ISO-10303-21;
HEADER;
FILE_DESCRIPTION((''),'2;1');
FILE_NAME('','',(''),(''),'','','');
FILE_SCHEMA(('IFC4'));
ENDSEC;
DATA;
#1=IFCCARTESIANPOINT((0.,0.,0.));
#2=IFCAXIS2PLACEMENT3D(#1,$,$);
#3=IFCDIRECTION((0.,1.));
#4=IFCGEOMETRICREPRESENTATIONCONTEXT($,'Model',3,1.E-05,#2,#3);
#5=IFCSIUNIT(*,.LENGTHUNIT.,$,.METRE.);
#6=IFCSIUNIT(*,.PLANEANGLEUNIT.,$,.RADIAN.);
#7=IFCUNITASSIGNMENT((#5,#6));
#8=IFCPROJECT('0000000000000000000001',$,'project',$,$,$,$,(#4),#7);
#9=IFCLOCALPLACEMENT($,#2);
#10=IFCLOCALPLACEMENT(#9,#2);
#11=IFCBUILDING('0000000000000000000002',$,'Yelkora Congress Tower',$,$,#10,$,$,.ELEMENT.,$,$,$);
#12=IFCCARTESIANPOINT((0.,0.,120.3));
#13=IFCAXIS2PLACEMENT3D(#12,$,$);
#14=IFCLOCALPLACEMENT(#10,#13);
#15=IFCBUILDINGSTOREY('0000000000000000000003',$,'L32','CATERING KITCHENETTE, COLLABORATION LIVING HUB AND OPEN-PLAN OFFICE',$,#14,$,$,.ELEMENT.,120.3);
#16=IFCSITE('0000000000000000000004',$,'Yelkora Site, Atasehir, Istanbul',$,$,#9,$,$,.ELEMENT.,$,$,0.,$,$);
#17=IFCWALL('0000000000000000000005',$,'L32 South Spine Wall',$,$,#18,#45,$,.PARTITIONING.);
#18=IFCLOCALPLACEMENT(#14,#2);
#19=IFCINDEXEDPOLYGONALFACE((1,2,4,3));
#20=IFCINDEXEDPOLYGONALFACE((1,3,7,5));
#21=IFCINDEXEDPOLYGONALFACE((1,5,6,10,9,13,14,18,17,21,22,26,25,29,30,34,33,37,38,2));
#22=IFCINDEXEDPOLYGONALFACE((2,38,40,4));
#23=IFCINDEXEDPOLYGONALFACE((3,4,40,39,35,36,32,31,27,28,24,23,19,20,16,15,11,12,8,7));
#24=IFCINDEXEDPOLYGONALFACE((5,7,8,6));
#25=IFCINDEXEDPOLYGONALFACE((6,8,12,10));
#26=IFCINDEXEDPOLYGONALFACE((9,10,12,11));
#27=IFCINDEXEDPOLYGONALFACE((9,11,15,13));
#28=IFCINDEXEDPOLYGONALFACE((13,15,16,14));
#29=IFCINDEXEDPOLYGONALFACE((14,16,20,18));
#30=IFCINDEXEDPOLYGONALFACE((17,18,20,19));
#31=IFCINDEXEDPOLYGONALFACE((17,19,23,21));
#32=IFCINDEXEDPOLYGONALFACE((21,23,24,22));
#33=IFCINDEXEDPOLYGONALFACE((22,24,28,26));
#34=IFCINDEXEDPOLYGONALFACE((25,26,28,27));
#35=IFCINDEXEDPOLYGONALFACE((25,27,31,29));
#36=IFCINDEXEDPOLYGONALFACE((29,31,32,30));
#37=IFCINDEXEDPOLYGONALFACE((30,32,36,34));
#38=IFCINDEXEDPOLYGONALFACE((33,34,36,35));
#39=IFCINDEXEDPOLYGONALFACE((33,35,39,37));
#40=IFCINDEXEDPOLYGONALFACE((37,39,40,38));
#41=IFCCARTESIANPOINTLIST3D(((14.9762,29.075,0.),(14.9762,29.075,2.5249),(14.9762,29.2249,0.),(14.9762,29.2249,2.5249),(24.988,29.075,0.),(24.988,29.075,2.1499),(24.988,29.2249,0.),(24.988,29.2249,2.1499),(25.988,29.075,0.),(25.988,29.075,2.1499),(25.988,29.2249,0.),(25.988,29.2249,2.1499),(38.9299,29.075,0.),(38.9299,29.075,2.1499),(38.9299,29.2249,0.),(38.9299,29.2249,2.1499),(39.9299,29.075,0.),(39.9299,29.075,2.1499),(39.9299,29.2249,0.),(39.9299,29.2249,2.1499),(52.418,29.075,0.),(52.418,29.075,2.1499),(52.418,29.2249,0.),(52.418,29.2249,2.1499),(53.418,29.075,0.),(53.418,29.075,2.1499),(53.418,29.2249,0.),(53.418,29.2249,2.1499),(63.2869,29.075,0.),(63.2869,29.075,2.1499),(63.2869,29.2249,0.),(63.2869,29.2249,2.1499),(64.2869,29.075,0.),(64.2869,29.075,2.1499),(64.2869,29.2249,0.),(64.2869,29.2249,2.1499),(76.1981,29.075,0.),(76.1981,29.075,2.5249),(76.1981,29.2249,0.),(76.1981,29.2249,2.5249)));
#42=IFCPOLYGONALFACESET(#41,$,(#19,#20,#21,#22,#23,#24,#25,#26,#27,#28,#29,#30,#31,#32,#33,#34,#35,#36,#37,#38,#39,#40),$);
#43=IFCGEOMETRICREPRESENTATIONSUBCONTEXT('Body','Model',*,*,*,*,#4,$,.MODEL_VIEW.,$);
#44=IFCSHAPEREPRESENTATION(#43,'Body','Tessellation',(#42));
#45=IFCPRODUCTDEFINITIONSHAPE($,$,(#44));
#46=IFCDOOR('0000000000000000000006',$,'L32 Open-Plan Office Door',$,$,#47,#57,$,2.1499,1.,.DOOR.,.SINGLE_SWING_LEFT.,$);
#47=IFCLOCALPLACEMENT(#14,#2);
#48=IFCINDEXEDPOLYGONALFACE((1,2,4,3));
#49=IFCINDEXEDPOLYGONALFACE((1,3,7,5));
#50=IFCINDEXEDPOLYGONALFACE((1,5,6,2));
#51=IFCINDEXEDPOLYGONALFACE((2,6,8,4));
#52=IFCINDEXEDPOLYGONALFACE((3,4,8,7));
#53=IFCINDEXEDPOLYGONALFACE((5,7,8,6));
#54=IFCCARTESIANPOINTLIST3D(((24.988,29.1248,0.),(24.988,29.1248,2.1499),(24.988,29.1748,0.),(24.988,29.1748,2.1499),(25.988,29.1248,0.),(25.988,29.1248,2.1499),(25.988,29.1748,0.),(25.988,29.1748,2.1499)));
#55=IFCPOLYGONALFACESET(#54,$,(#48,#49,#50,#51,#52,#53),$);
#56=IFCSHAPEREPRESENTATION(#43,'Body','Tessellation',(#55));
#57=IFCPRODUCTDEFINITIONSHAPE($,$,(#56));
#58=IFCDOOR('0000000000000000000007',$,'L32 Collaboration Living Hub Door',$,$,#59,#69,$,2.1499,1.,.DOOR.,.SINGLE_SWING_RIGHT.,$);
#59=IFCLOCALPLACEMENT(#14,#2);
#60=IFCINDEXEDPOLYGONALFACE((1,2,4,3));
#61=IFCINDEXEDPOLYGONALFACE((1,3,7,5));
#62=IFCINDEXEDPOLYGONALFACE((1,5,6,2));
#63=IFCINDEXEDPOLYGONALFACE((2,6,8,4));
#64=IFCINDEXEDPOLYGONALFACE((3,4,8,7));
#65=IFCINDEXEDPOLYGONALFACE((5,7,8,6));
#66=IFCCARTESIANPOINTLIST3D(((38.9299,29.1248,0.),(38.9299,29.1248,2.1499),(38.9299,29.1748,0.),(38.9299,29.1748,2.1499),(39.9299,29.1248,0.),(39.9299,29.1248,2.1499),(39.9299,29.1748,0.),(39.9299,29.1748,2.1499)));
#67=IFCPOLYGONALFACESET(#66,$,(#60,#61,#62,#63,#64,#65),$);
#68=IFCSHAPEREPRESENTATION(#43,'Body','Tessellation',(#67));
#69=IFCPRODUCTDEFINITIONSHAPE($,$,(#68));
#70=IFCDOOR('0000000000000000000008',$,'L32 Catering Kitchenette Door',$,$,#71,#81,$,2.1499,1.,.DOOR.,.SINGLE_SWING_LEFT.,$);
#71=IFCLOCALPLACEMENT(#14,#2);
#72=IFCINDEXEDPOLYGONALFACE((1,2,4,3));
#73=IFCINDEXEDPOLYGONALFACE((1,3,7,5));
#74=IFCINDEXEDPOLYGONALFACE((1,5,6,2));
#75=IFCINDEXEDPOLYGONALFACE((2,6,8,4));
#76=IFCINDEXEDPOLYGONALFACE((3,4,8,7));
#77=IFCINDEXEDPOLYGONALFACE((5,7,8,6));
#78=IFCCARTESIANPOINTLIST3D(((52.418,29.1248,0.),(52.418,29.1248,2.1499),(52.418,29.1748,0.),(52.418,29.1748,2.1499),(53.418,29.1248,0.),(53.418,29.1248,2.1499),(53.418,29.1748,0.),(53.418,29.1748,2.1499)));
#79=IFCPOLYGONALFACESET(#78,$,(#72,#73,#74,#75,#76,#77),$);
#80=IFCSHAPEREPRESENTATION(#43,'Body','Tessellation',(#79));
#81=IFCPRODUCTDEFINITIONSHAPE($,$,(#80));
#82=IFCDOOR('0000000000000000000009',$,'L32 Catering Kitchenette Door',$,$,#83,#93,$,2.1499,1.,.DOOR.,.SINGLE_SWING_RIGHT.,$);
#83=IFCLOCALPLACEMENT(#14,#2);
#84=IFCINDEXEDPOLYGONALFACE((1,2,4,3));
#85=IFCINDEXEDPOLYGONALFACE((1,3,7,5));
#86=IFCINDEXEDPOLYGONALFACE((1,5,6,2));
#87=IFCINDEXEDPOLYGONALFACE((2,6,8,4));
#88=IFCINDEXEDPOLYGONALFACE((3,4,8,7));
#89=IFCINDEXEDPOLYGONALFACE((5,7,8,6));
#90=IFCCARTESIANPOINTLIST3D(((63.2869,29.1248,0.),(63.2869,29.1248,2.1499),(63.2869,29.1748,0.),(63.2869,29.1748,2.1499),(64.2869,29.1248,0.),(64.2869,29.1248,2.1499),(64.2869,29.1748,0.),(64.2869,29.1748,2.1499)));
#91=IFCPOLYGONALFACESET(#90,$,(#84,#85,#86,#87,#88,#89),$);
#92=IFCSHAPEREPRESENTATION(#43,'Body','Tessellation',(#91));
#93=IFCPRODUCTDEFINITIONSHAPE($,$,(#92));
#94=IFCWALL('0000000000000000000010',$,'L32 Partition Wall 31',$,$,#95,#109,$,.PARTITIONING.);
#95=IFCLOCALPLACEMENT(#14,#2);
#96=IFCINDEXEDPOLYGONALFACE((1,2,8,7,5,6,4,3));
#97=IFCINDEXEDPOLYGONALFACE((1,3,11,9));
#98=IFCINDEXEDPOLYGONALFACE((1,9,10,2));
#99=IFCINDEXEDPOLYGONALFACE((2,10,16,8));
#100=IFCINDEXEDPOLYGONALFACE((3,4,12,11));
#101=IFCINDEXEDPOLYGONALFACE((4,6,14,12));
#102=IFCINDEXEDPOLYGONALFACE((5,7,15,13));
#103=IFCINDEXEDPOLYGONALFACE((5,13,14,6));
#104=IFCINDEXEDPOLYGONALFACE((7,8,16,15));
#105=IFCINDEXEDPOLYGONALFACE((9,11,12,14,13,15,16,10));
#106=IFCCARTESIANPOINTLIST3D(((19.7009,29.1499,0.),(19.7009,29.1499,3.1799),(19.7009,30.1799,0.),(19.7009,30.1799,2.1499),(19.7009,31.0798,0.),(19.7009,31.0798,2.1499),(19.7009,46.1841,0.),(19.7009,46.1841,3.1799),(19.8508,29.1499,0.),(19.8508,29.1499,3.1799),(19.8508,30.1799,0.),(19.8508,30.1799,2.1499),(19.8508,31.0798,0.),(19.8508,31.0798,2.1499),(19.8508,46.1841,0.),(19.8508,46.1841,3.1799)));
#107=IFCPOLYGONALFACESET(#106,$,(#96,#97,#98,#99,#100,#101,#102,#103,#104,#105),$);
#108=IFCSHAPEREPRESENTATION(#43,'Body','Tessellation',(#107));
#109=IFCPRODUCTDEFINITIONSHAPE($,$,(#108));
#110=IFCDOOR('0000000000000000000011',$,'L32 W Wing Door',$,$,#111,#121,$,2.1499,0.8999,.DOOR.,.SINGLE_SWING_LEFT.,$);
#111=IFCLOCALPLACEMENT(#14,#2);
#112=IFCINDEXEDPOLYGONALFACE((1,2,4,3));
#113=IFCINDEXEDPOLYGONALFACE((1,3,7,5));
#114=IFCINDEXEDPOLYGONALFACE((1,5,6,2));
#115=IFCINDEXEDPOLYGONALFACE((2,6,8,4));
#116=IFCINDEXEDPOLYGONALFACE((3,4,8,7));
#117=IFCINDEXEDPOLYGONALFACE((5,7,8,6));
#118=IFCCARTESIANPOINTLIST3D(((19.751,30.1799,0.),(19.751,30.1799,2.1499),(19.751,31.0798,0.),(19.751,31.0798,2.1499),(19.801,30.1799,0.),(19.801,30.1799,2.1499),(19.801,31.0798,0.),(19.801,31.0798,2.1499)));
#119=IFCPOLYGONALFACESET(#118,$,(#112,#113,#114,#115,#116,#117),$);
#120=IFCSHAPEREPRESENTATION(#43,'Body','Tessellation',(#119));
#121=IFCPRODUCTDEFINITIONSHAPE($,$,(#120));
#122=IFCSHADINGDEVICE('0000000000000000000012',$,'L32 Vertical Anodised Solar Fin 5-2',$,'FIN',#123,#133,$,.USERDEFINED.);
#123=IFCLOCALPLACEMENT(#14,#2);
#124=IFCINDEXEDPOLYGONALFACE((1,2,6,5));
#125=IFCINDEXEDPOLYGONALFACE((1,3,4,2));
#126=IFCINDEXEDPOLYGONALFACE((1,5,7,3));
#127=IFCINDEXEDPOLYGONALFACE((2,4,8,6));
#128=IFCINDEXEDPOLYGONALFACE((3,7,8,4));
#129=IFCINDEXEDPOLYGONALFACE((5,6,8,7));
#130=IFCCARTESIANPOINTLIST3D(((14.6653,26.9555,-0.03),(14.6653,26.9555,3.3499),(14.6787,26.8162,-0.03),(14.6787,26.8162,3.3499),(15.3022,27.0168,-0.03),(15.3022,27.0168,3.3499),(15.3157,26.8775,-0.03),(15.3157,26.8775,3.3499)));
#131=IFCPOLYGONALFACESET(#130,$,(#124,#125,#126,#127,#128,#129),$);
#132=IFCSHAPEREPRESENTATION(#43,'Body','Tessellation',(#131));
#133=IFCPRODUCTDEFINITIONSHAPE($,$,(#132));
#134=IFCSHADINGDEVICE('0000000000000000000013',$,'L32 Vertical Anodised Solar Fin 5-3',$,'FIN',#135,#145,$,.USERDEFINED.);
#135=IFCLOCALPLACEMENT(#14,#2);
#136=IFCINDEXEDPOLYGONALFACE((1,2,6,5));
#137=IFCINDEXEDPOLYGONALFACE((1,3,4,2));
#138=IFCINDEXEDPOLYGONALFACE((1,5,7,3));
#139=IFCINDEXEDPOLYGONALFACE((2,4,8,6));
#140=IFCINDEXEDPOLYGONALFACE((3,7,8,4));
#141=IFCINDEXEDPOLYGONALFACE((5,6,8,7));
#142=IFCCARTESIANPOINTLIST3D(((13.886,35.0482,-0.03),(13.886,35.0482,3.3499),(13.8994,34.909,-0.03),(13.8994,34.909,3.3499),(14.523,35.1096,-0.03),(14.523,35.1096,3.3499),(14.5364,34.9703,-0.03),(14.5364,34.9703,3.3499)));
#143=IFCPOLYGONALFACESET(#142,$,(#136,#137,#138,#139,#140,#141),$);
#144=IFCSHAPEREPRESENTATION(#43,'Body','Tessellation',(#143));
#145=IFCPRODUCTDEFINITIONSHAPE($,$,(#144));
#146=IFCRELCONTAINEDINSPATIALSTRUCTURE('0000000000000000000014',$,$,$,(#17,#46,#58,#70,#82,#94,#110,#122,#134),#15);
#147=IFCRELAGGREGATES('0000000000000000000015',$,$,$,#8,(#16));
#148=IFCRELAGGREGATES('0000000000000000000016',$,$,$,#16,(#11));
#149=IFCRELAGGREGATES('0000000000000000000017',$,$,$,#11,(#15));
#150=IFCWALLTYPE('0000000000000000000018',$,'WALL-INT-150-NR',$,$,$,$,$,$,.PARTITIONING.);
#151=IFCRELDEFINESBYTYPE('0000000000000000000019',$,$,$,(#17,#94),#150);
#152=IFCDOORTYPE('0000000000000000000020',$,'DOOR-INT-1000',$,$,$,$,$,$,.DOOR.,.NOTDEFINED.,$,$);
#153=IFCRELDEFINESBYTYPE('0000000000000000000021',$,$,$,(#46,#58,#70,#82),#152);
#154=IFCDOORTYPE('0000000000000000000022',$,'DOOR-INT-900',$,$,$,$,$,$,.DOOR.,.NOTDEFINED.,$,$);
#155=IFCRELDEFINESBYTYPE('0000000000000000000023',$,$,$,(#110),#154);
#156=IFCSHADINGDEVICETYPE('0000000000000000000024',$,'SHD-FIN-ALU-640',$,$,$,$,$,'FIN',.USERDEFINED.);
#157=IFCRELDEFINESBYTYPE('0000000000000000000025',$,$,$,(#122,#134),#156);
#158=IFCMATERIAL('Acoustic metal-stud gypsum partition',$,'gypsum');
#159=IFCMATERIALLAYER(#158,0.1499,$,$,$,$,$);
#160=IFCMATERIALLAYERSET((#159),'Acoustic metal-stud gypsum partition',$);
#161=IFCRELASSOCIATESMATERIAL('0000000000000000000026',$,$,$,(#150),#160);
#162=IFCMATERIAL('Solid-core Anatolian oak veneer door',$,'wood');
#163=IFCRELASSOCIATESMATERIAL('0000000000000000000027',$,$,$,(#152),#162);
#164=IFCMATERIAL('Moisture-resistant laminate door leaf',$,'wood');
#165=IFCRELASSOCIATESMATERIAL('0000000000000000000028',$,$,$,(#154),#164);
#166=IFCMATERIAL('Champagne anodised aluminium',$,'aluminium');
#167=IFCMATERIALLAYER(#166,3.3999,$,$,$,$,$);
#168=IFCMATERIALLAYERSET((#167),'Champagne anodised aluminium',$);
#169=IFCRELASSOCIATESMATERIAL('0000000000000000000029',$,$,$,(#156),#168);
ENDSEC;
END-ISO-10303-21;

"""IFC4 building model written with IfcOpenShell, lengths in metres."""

from ifc_helpers import new_model, si_unit, direction, frame, frame_2d, origin, origin_2d, place, context, subcontext, project, spatial, rectangle, extrude, material, layer, layer_set, type_object, element, fill, save


model = new_model("IFC4")

# Units and contexts
model_context = context("Model", 3, precision=1e-05, world=origin(), true_north=direction((0.0, 1.0)))
body_context = subcontext(model_context, "Body", "Model", "MODEL_VIEW")
ifc_project = project(units=[si_unit("LENGTHUNIT", "METRE"), si_unit("PLANEANGLEUNIT", "RADIAN")], contexts=[model_context])

# Site, building, storey
site_placement = place(None, origin())
site = spatial("IfcSite", under=ifc_project, at=site_placement, Name="Yelkora Site, Atasehir, Istanbul", CompositionType="ELEMENT", RefElevation=0.0)
building_placement = place(site_placement, origin())
building = spatial("IfcBuilding", under=site, at=building_placement, Name="Yelkora Congress Tower", CompositionType="ELEMENT")
storey_placement = place(building_placement, frame((0.0, 0.0, 120.3)))
storey = spatial("IfcBuildingStorey", under=building, at=storey_placement, Name="L32", Description="CATERING KITCHENETTE, COLLABORATION LIVING HUB AND OPEN-PLAN OFFICE", CompositionType="ELEMENT", Elevation=120.3)

# Wall, openings, doors
ifc_material_1 = material(Name="Acoustic metal-stud gypsum partition", Category="gypsum")
ifc_layer_1 = layer(ifc_material_1, 0.1499)
ifc_layer_set_1 = layer_set([ifc_layer_1], Name="Acoustic metal-stud gypsum partition")
wall_type = type_object("IfcWallType", Name="WALL-INT-150-NR", PredefinedType="PARTITIONING", material=ifc_layer_set_1)
wall_1_placement = place(storey_placement, frame((14.9763, 29.1499, 0.0), z_axis=(0.0, 0.0, 1.0), x_axis=(1.0, 0.0, 0.0)))
wall_1 = element("IfcWall", 1, at=wall_1_placement, inside=storey, type_object=wall_type, Name="L32 South Spine Wall", PredefinedType="PARTITIONING", context=body_context, shape_type="SweptSolid", body=[
    extrude(rectangle(XDim=61.2219, YDim=0.1499, at=frame_2d((30.6108, 0.0))), origin(), (0.0, 0.0, 1.0), 2.5249),
])
opening_1_placement = place(wall_1_placement, frame((10.0117, 0.0, 0.0)))
opening_1 = element("IfcOpeningElement", 2, at=opening_1_placement, cuts=wall_1, PredefinedType="OPENING", context=body_context, shape_type="SweptSolid", body=[
    extrude(rectangle(XDim=1.0, YDim=2.1499, at=frame_2d((0.5, 1.075))), frame((0.0, 0.085, 0.0), z_axis=(0.0, -1.0, 0.0), x_axis=(1.0, 0.0, 0.0)), (0.0, 0.0, 1.0), 0.1699),
])
opening_2_placement = place(wall_1_placement, frame((23.9536, 0.0, 0.0)))
opening_2 = element("IfcOpeningElement", 3, at=opening_2_placement, cuts=wall_1, PredefinedType="OPENING", context=body_context, shape_type="SweptSolid", body=[
    extrude(rectangle(XDim=1.0, YDim=2.1499, at=frame_2d((0.5, 1.075))), frame((0.0, 0.085, 0.0), z_axis=(0.0, -1.0, 0.0), x_axis=(1.0, 0.0, 0.0)), (0.0, 0.0, 1.0), 0.1699),
])
opening_3_placement = place(wall_1_placement, frame((37.4417, 0.0, 0.0)))
opening_3 = element("IfcOpeningElement", 4, at=opening_3_placement, cuts=wall_1, PredefinedType="OPENING", context=body_context, shape_type="SweptSolid", body=[
    extrude(rectangle(XDim=1.0, YDim=2.1499, at=frame_2d((0.5, 1.075))), frame((0.0, 0.085, 0.0), z_axis=(0.0, -1.0, 0.0), x_axis=(1.0, 0.0, 0.0)), (0.0, 0.0, 1.0), 0.1699),
])
opening_4_placement = place(wall_1_placement, frame((48.3105, 0.0, 0.0)))
opening_4 = element("IfcOpeningElement", 5, at=opening_4_placement, cuts=wall_1, PredefinedType="OPENING", context=body_context, shape_type="SweptSolid", body=[
    extrude(rectangle(XDim=1.0, YDim=2.1499, at=frame_2d((0.5, 1.075))), frame((0.0, 0.085, 0.0), z_axis=(0.0, -1.0, 0.0), x_axis=(1.0, 0.0, 0.0)), (0.0, 0.0, 1.0), 0.1699),
])
ifc_material_2 = material(Name="Solid-core Anatolian oak veneer door", Category="wood")
door_type_1 = type_object("IfcDoorType", Name="DOOR-INT-1000", OperationType="NOTDEFINED", PredefinedType="DOOR", material=ifc_material_2)
door_1_placement = place(opening_1_placement, origin())
door_1 = element("IfcDoor", 6, at=door_1_placement, inside=storey, type_object=door_type_1, Name="L32 Open-Plan Office Door", OperationType="SINGLE_SWING_LEFT", OverallHeight=2.1499, OverallWidth=1.0, PredefinedType="DOOR", context=body_context, shape_type="SweptSolid", body=[
    extrude(rectangle(XDim=1.0, YDim=2.1499, at=frame_2d((0.5, 1.075))), frame((0.0, 0.0249, 0.0), z_axis=(0.0, -1.0, 0.0), x_axis=(1.0, 0.0, 0.0)), (0.0, 0.0, 1.0), 0.05),
])
fill(opening_1, door_1)
door_2_placement = place(opening_2_placement, origin())
door_2 = element("IfcDoor", 7, at=door_2_placement, inside=storey, type_object=door_type_1, Name="L32 Collaboration Living Hub Door", OperationType="SINGLE_SWING_RIGHT", OverallHeight=2.1499, OverallWidth=1.0, PredefinedType="DOOR", context=body_context, shape_type="SweptSolid", body=[
    extrude(rectangle(XDim=1.0, YDim=2.1499, at=frame_2d((0.5, 1.075))), frame((0.0, 0.0249, 0.0), z_axis=(0.0, -1.0, 0.0), x_axis=(1.0, 0.0, 0.0)), (0.0, 0.0, 1.0), 0.05),
])
fill(opening_2, door_2)
door_3_placement = place(opening_3_placement, origin())
door_3 = element("IfcDoor", 8, at=door_3_placement, inside=storey, type_object=door_type_1, Name="L32 Catering Kitchenette Door", OperationType="SINGLE_SWING_LEFT", OverallHeight=2.1499, OverallWidth=1.0, PredefinedType="DOOR", context=body_context, shape_type="SweptSolid", body=[
    extrude(rectangle(XDim=1.0, YDim=2.1499, at=frame_2d((0.5, 1.075))), frame((0.0, 0.0249, 0.0), z_axis=(0.0, -1.0, 0.0), x_axis=(1.0, 0.0, 0.0)), (0.0, 0.0, 1.0), 0.05),
])
fill(opening_3, door_3)
door_4_placement = place(opening_4_placement, origin())
door_4 = element("IfcDoor", 9, at=door_4_placement, inside=storey, type_object=door_type_1, Name="L32 Catering Kitchenette Door", OperationType="SINGLE_SWING_RIGHT", OverallHeight=2.1499, OverallWidth=1.0, PredefinedType="DOOR", context=body_context, shape_type="SweptSolid", body=[
    extrude(rectangle(XDim=1.0, YDim=2.1499, at=frame_2d((0.5, 1.075))), frame((0.0, 0.0249, 0.0), z_axis=(0.0, -1.0, 0.0), x_axis=(1.0, 0.0, 0.0)), (0.0, 0.0, 1.0), 0.05),
])
fill(opening_4, door_4)

# Wall, opening, door
wall_2_placement = place(storey_placement, frame((19.7759, 29.1499, 0.0), z_axis=(0.0, 0.0, 1.0), x_axis=(0.0, 1.0, 0.0)))
wall_2 = element("IfcWall", 10, at=wall_2_placement, inside=storey, type_object=wall_type, Name="L32 Partition Wall 31", PredefinedType="PARTITIONING", context=body_context, shape_type="SweptSolid", body=[
    extrude(rectangle(XDim=17.0342, YDim=0.1499, at=frame_2d((8.5171, 0.0))), origin(), (0.0, 0.0, 1.0), 3.1799),
])
opening_5_placement = place(wall_2_placement, frame((1.03, 0.0, 0.0)))
opening_5 = element("IfcOpeningElement", 11, at=opening_5_placement, cuts=wall_2, PredefinedType="OPENING", context=body_context, shape_type="SweptSolid", body=[
    extrude(rectangle(XDim=0.8999, YDim=2.1499, at=frame_2d((0.45, 1.075))), frame((0.0, 0.085, 0.0), z_axis=(0.0, -1.0, 0.0), x_axis=(1.0, 0.0, 0.0)), (0.0, 0.0, 1.0), 0.1699),
])
ifc_material_3 = material(Name="Moisture-resistant laminate door leaf", Category="wood")
door_type_2 = type_object("IfcDoorType", Name="DOOR-INT-900", OperationType="NOTDEFINED", PredefinedType="DOOR", material=ifc_material_3)
door_5_placement = place(opening_5_placement, origin())
door_5 = element("IfcDoor", 12, at=door_5_placement, inside=storey, type_object=door_type_2, Name="L32 W Wing Door", OperationType="SINGLE_SWING_LEFT", OverallHeight=2.1499, OverallWidth=0.8999, PredefinedType="DOOR", context=body_context, shape_type="SweptSolid", body=[
    extrude(rectangle(XDim=0.8999, YDim=2.1499, at=frame_2d((0.45, 1.075))), frame((0.0, 0.0249, 0.0), z_axis=(0.0, -1.0, 0.0), x_axis=(1.0, 0.0, 0.0)), (0.0, 0.0, 1.0), 0.05),
])
fill(opening_5, door_5)

# Shading devices
ifc_material_4 = material(Name="Champagne anodised aluminium", Category="aluminium")
ifc_layer_2 = layer(ifc_material_4, 3.3999)
ifc_layer_set_2 = layer_set([ifc_layer_2], Name="Champagne anodised aluminium")
shading_device_type = type_object("IfcShadingDeviceType", Name="SHD-FIN-ALU-640", ElementType="FIN", PredefinedType="USERDEFINED", material=ifc_layer_set_2)
for number, where, z_axis, x_axis, name in (
    (13, (14.9905, 26.9165, -0.03), (0.0, 0.0, 1.0), (-0.095846, 0.995396, 0.0), "L32 Vertical Anodised Solar Fin 5-2"),
    (14, (14.2112, 35.0093, -0.03), (0.0, 0.0, 1.0), (-0.095846, 0.995396, 0.0), "L32 Vertical Anodised Solar Fin 5-3"),
):
    element("IfcShadingDevice", number, at=place(storey_placement, frame(where, z_axis=z_axis, x_axis=x_axis)), inside=storey, type_object=shading_device_type, Name=name, ObjectType="FIN", PredefinedType="USERDEFINED", context=body_context, shape_type="SweptSolid", body=[
        extrude(rectangle(XDim=0.1399, YDim=0.6399, at=origin_2d()), origin(), (0.0, 0.0, 1.0), 3.3799),
    ])

save(model, "model.ifc")
